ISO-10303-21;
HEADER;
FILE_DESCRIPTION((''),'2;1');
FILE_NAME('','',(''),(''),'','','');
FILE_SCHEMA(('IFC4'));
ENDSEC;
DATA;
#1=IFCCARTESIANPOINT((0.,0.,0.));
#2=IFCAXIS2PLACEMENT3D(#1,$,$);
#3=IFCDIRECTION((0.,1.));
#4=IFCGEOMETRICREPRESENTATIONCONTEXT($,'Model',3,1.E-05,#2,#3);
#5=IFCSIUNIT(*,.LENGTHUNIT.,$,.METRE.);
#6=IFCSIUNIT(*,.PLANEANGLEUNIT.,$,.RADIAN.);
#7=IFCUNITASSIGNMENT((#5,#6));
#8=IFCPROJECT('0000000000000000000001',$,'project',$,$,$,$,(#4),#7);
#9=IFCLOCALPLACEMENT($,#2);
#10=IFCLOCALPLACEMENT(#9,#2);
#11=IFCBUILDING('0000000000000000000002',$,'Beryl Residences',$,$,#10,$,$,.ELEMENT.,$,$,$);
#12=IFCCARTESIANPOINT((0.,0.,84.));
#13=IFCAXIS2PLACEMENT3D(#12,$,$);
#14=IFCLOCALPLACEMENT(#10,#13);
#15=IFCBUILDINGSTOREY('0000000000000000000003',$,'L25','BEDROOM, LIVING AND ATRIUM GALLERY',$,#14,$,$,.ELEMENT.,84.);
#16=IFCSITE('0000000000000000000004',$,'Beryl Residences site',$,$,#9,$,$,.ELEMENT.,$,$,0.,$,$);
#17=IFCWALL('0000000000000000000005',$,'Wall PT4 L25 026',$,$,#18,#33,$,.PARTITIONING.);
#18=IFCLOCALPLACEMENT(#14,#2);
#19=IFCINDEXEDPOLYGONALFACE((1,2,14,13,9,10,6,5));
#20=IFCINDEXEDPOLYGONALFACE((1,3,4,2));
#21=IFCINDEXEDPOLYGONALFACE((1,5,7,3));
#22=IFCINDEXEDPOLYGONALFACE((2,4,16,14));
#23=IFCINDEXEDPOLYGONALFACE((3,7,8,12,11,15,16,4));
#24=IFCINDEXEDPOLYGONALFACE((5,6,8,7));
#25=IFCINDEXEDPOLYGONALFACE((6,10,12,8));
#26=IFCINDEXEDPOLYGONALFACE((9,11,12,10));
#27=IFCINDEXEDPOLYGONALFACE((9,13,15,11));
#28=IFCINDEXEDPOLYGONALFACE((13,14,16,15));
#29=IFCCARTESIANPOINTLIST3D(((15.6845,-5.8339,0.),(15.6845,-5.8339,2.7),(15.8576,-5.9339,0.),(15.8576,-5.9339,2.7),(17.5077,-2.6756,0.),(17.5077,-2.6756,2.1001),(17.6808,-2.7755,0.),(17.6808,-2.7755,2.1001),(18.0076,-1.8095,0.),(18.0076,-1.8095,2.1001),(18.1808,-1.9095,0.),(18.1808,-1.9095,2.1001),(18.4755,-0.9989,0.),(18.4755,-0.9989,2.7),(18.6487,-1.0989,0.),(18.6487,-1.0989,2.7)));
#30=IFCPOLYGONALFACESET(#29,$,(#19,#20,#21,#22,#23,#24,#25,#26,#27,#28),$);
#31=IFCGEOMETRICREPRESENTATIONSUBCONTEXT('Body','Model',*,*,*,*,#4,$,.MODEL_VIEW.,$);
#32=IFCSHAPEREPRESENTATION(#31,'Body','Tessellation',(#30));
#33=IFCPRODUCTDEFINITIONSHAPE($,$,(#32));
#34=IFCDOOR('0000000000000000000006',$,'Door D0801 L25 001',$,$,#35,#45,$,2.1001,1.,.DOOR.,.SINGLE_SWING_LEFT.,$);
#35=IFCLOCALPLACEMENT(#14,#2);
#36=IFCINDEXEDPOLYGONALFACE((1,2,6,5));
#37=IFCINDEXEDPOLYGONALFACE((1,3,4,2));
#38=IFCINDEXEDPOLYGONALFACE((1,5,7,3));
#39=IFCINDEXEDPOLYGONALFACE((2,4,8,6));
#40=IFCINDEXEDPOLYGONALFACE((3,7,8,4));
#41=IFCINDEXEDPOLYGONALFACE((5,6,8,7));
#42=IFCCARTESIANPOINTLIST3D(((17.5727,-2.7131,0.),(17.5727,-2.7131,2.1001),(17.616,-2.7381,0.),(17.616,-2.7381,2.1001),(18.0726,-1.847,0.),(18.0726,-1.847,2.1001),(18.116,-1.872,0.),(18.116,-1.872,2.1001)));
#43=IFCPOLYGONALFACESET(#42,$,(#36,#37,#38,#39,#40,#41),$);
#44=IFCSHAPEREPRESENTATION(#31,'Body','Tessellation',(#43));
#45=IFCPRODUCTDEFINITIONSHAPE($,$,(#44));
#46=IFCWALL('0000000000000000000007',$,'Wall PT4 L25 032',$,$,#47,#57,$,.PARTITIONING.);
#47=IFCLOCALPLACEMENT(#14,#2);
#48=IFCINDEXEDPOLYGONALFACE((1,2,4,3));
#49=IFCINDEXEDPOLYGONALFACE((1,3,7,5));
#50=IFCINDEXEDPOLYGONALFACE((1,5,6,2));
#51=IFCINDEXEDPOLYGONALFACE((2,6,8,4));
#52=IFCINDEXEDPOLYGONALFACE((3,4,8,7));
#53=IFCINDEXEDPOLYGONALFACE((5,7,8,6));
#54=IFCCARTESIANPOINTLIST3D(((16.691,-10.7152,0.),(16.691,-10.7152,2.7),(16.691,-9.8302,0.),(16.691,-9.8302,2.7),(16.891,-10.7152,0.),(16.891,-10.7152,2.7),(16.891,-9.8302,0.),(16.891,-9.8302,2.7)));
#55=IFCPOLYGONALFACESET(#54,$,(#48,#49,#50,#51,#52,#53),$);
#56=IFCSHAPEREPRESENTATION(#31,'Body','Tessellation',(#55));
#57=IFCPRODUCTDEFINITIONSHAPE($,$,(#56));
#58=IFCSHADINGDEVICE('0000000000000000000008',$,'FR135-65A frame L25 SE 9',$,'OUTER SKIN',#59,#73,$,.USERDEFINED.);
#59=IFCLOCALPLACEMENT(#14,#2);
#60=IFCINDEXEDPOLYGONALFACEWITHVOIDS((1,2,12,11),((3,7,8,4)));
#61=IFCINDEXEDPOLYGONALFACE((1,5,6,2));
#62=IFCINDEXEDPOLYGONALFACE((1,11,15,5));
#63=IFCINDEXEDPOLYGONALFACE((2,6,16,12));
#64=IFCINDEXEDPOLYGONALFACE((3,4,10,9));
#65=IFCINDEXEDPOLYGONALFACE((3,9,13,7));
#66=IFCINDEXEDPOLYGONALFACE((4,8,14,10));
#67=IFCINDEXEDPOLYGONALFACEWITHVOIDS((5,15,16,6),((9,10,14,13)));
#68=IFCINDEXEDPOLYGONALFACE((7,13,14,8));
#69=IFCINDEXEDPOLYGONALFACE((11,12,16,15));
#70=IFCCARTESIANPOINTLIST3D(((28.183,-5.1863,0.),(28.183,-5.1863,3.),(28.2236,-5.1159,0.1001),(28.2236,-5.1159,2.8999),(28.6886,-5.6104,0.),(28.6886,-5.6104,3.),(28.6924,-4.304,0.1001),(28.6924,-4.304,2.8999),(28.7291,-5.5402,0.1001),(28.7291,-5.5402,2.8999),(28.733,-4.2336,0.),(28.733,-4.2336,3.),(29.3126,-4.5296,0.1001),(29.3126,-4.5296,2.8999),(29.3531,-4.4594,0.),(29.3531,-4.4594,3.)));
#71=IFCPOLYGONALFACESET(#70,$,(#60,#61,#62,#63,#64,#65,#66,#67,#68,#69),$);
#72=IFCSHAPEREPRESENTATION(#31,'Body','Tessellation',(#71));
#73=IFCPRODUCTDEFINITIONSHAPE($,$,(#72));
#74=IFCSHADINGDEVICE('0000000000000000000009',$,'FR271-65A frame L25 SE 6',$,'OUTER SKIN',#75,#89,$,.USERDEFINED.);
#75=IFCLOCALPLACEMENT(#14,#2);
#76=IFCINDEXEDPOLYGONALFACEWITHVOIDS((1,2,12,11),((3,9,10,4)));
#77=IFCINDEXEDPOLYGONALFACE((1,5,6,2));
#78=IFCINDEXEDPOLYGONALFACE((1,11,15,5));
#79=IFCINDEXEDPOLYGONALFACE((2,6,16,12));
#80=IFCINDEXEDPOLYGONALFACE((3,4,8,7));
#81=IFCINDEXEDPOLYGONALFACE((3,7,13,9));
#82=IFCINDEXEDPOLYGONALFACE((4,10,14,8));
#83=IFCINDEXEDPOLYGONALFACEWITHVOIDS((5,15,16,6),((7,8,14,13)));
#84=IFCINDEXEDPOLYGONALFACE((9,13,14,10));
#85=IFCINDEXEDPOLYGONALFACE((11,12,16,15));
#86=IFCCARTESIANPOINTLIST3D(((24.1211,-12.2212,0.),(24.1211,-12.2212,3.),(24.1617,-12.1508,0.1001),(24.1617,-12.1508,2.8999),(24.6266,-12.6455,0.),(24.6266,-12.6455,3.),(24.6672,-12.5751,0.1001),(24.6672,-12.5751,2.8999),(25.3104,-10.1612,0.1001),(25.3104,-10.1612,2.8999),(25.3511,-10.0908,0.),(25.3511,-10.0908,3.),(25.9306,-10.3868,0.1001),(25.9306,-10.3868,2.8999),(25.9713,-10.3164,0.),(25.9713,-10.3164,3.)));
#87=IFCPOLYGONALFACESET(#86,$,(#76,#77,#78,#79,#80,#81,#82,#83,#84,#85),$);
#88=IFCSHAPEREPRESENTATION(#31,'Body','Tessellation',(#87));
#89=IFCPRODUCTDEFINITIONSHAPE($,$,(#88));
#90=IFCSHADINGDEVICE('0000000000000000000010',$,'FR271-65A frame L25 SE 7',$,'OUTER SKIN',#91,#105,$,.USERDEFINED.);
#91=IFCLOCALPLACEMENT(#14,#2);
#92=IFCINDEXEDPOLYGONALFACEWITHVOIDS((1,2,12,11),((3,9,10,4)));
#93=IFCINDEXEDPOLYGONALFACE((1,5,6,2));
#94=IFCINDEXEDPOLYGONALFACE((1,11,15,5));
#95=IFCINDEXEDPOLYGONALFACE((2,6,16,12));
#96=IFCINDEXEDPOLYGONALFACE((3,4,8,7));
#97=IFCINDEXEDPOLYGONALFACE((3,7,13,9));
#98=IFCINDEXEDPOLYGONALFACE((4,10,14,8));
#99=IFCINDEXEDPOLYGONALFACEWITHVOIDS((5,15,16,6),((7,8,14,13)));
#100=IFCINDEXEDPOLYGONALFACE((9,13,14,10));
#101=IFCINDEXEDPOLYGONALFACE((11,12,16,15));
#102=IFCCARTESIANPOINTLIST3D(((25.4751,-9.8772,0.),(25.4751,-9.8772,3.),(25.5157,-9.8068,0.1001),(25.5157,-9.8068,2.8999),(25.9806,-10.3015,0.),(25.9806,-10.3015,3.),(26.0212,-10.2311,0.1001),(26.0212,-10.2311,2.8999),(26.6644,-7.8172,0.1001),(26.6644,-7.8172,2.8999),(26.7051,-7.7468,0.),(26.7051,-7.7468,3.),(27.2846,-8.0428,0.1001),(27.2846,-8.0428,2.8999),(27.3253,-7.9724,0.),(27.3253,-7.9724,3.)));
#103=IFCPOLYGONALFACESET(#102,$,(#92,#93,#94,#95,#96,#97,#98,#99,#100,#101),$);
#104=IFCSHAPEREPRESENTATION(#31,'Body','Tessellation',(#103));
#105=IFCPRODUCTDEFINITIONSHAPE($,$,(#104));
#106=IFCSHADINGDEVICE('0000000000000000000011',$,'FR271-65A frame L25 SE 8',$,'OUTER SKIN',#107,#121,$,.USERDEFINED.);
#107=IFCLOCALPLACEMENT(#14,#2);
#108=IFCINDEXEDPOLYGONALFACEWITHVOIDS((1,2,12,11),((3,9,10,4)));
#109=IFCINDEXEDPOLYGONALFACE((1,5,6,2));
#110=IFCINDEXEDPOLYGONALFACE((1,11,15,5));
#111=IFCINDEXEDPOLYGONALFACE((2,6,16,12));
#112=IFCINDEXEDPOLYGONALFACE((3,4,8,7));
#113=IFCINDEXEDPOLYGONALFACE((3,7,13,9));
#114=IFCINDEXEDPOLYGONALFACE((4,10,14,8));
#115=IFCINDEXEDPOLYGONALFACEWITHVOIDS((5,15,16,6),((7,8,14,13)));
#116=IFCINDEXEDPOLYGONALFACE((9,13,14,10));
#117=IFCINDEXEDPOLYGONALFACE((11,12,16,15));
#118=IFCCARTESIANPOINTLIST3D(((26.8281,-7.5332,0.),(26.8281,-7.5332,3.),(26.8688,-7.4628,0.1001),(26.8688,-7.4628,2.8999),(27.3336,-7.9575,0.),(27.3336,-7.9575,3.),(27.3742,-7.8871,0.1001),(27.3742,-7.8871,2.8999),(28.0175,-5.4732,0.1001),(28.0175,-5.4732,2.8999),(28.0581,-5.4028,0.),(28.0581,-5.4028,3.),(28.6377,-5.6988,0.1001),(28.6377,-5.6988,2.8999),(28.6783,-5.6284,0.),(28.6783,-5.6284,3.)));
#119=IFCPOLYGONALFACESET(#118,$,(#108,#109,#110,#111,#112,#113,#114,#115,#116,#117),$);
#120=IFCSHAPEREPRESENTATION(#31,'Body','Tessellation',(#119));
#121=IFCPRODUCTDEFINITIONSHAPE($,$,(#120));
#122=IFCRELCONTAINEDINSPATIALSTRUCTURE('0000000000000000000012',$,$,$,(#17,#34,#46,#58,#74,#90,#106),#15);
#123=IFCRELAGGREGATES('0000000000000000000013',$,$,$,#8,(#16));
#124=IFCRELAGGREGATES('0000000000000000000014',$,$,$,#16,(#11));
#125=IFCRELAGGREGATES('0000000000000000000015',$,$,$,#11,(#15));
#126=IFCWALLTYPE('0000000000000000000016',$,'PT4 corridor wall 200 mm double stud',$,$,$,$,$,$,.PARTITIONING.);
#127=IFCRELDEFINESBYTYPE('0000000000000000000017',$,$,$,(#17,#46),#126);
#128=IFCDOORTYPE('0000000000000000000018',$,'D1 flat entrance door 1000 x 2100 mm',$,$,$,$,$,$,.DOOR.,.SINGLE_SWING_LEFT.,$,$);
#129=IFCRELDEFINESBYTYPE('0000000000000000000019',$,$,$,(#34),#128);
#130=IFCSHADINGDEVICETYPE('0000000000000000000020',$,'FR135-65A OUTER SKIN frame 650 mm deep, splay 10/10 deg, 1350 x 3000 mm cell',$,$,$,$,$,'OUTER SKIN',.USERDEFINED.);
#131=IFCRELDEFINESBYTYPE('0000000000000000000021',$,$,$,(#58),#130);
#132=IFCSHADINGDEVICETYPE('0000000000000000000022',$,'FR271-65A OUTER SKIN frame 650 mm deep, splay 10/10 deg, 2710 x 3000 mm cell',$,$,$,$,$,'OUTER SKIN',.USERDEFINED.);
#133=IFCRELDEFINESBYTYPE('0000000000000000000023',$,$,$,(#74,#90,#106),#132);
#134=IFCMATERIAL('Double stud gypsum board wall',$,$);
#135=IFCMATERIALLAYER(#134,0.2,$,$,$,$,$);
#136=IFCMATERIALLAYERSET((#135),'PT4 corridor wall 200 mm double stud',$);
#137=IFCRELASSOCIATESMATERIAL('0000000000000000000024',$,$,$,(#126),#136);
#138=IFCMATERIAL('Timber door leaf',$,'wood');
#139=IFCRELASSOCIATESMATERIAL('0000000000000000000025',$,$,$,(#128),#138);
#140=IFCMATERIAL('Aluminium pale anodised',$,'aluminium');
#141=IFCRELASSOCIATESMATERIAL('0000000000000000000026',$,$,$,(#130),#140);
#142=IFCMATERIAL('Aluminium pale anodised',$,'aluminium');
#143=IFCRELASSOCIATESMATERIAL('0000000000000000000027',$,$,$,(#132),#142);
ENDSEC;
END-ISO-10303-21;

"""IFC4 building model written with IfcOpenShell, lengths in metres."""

from ifc_helpers import new_model, entity, si_unit, direction, frame, frame_2d, origin, place, context, subcontext, project, spatial, rectangle, extrude, source, transform, mapped, material, layer, layer_set, type_object, type_shapes, element, fill, save


model = new_model("IFC4")

# Units and contexts
model_context = context("Model", 3, precision=1e-05, world=origin(), true_north=direction((0.0, 1.0)))
body_context = subcontext(model_context, "Body", "Model", "MODEL_VIEW")
ifc_project = project(units=[si_unit("LENGTHUNIT", "METRE"), si_unit("PLANEANGLEUNIT", "RADIAN")], contexts=[model_context])

# Site, building, storey
site_placement = place(None, origin())
site = spatial("IfcSite", under=ifc_project, at=site_placement, Name="Beryl Residences site", CompositionType="ELEMENT", RefElevation=0.0)
building_placement = place(site_placement, origin())
building = spatial("IfcBuilding", under=site, at=building_placement, Name="Beryl Residences", CompositionType="ELEMENT")
storey_placement = place(building_placement, frame((0.0, 0.0, 84.0)))
storey = spatial("IfcBuildingStorey", under=building, at=storey_placement, Name="L25", Description="BEDROOM, LIVING AND ATRIUM GALLERY", CompositionType="ELEMENT", Elevation=84.0)

# Shared definitions
ifc_material_1 = material(Name="Double stud gypsum board wall")
ifc_layer_1 = layer(ifc_material_1, 0.2)
ifc_layer_set_1 = layer_set([ifc_layer_1], Name="PT4 corridor wall 200 mm double stud")
wall_type_1 = type_object("IfcWallType", Name="PT4 corridor wall 200 mm double stud", PredefinedType="PARTITIONING", material=ifc_layer_set_1)

# Wall, opening, door
wall_1_placement = place(storey_placement, frame((15.771, -5.884, 0.0), z_axis=(0.0, 0.0, 1.0), x_axis=(0.499939, 0.86606, 0.0)))
wall_1 = element("IfcWall", 1, at=wall_1_placement, inside=storey, type_object=wall_type_1, Name="Wall PT4 L25 026", PredefinedType="PARTITIONING", context=body_context, shape_type="SweptSolid", body=[
    extrude(rectangle(XDim=5.5828, YDim=0.2, at=frame_2d((2.7915, 0.0))), origin(), (0.0, 0.0, 1.0), 2.7),
])
opening_1_placement = place(wall_1_placement, frame((3.647, 0.0, 0.0)))
opening_1 = element("IfcOpeningElement", 2, at=opening_1_placement, cuts=wall_1, PredefinedType="OPENING", context=body_context, shape_type="SweptSolid", body=[
    extrude(rectangle(XDim=1.0, YDim=2.1001, at=frame_2d((0.5, 1.05))), frame((0.0, 0.1099, 0.0), z_axis=(0.0, -1.0, 0.0), x_axis=(1.0, 0.0, 0.0)), (0.0, 0.0, 1.0), 0.22),
])
ifc_material_2 = material(Name="Timber door leaf", Category="wood")
door_type_1 = type_object("IfcDoorType", Name="D1 flat entrance door 1000 x 2100 mm", OperationType="SINGLE_SWING_LEFT", PredefinedType="DOOR", material=ifc_material_2)
door_1_placement = place(opening_1_placement, origin())
door_1 = element("IfcDoor", 3, at=door_1_placement, inside=storey, type_object=door_type_1, Name="Door D0801 L25 001", OperationType="SINGLE_SWING_LEFT", OverallHeight=2.1001, OverallWidth=1.0, PredefinedType="DOOR", context=body_context, shape_type="SweptSolid", body=[
    extrude(rectangle(XDim=1.0, YDim=2.1001, at=frame_2d((0.5, 1.05))), frame((0.0, 0.0249, 0.0), z_axis=(0.0, -1.0, 0.0), x_axis=(1.0, 0.0, 0.0)), (0.0, 0.0, 1.0), 0.05),
])
fill(opening_1, door_1)

# Wall
wall_2_placement = place(storey_placement, frame((16.791, -10.7151, 0.0), z_axis=(0.0, 0.0, 1.0), x_axis=(0.0, 1.0, 0.0)))
element("IfcWall", 4, at=wall_2_placement, inside=storey, type_object=wall_type_1, Name="Wall PT4 L25 032", PredefinedType="PARTITIONING", context=body_context, shape_type="SweptSolid", body=[
    extrude(rectangle(XDim=0.885, YDim=0.2, at=frame_2d((0.4424, 0.0))), origin(), (0.0, 0.0, 1.0), 2.7),
])

# Shading devices
ifc_material_3 = material(Name="Aluminium pale anodised", Category="aluminium")
shading_device_type_1 = type_object("IfcShadingDeviceType", Name="FR135-65A OUTER SKIN frame 650 mm deep, splay 10/10 deg, 1350 x 3000 mm cell", ElementType="OUTER SKIN", PredefinedType="USERDEFINED", material=ifc_material_3)
cartesian_point_1 = entity("IfcCartesianPoint", [-0.55, 0.0])
cartesian_point_2 = entity("IfcCartesianPoint", [-0.4688, 0.1001])
cartesian_point_3 = entity("IfcCartesianPoint", [-0.6646, 0.0])
cartesian_point_4 = entity("IfcCartesianPoint", [-0.5835, 0.1001])
shared_shape_1 = source(origin(), body_context, "Body", "SweptSolid", [
    entity("IfcExtrudedAreaSolidTapered", entity("IfcArbitraryProfileDefWithVoids", "AREA", None, entity("IfcPolyline", [cartesian_point_1, entity("IfcCartesianPoint", [0.55, 0.0]), entity("IfcCartesianPoint", [0.55, 3.0]), entity("IfcCartesianPoint", [-0.55, 3.0]), cartesian_point_1]), [entity("IfcPolyline", [cartesian_point_2, entity("IfcCartesianPoint", [0.4688, 0.1001]), entity("IfcCartesianPoint", [0.4688, 2.8999]), entity("IfcCartesianPoint", [-0.4688, 2.8999]), cartesian_point_2])]), entity("IfcAxis2Placement3D", entity("IfcCartesianPoint", [0.0, 0.0, 0.0]), entity("IfcDirection", [0.0, 1.0, 0.0]), entity("IfcDirection", [-1.0, 0.0, 0.0])), entity("IfcDirection", [0.0, 0.0, 1.0]), 0.6499, entity("IfcArbitraryProfileDefWithVoids", "AREA", None, entity("IfcPolyline", [cartesian_point_3, entity("IfcCartesianPoint", [0.6646, 0.0]), entity("IfcCartesianPoint", [0.6646, 3.0]), entity("IfcCartesianPoint", [-0.6646, 3.0]), cartesian_point_3]), [entity("IfcPolyline", [cartesian_point_4, entity("IfcCartesianPoint", [0.5835, 0.1001]), entity("IfcCartesianPoint", [0.5835, 2.8999]), entity("IfcCartesianPoint", [-0.5835, 2.8999]), cartesian_point_4])])),
])
type_shapes(shading_device_type_1, [shared_shape_1])
shading_device_placement = place(storey_placement, frame((28.458, -4.71, 0.0), z_axis=(0.0, 0.0, 1.0), x_axis=(-0.5, -0.866025, 0.0)))
element("IfcShadingDevice", 5, at=shading_device_placement, inside=storey, type_object=shading_device_type_1, Name="FR135-65A frame L25 SE 9", ObjectType="OUTER SKIN", PredefinedType="USERDEFINED", context=body_context, shape_type="MappedRepresentation", body=[
    mapped(shared_shape_1, transform((0.0, 0.0, 0.0))),
])
ifc_material_4 = material(Name="Aluminium pale anodised", Category="aluminium")
shading_device_type_2 = type_object("IfcShadingDeviceType", Name="FR271-65A OUTER SKIN frame 650 mm deep, splay 10/10 deg, 2710 x 3000 mm cell", ElementType="OUTER SKIN", PredefinedType="USERDEFINED", material=ifc_material_4)
cartesian_point_5 = entity("IfcCartesianPoint", [-1.23, 0.0])
cartesian_point_6 = entity("IfcCartesianPoint", [-1.1487, 0.1001])
cartesian_point_7 = entity("IfcCartesianPoint", [-1.3447, 0.0])
cartesian_point_8 = entity("IfcCartesianPoint", [-1.2634, 0.1001])
shared_shape_2 = source(origin(), body_context, "Body", "SweptSolid", [
    entity("IfcExtrudedAreaSolidTapered", entity("IfcArbitraryProfileDefWithVoids", "AREA", None, entity("IfcPolyline", [cartesian_point_5, entity("IfcCartesianPoint", [1.23, 0.0]), entity("IfcCartesianPoint", [1.23, 3.0]), entity("IfcCartesianPoint", [-1.23, 3.0]), cartesian_point_5]), [entity("IfcPolyline", [cartesian_point_6, entity("IfcCartesianPoint", [1.1487, 0.1001]), entity("IfcCartesianPoint", [1.1487, 2.8999]), entity("IfcCartesianPoint", [-1.1487, 2.8999]), cartesian_point_6])]), entity("IfcAxis2Placement3D", entity("IfcCartesianPoint", [0.0, 0.0, 0.0]), entity("IfcDirection", [0.0, 1.0, 0.0]), entity("IfcDirection", [-1.0, 0.0, 0.0])), entity("IfcDirection", [0.0, 0.0, 1.0]), 0.6499, entity("IfcArbitraryProfileDefWithVoids", "AREA", None, entity("IfcPolyline", [cartesian_point_7, entity("IfcCartesianPoint", [1.3447, 0.0]), entity("IfcCartesianPoint", [1.3447, 3.0]), entity("IfcCartesianPoint", [-1.3447, 3.0]), cartesian_point_7]), [entity("IfcPolyline", [cartesian_point_8, entity("IfcCartesianPoint", [1.2634, 0.1001]), entity("IfcCartesianPoint", [1.2634, 2.8999]), entity("IfcCartesianPoint", [-1.2634, 2.8999]), cartesian_point_8])])),
])
type_shapes(shading_device_type_2, [shared_shape_2])
for number, where, z_axis, x_axis, name in (
    (6, (24.7361, -11.156, 0.0), (0.0, 0.0, 1.0), (-0.5, -0.866025, 0.0), "FR271-65A frame L25 SE 6"),
    (7, (26.0901, -8.812, 0.0), (0.0, 0.0, 1.0), (-0.5, -0.866025, 0.0), "FR271-65A frame L25 SE 7"),
    (8, (27.4431, -6.468, 0.0), (0.0, 0.0, 1.0), (-0.5, -0.866025, 0.0), "FR271-65A frame L25 SE 8"),
):
    element("IfcShadingDevice", number, at=place(storey_placement, frame(where, z_axis=z_axis, x_axis=x_axis)), inside=storey, type_object=shading_device_type_2, Name=name, ObjectType="OUTER SKIN", PredefinedType="USERDEFINED", context=body_context, shape_type="MappedRepresentation", body=[
        mapped(shared_shape_2, transform((0.0, 0.0, 0.0))),
    ])

save(model, "model.ifc")
